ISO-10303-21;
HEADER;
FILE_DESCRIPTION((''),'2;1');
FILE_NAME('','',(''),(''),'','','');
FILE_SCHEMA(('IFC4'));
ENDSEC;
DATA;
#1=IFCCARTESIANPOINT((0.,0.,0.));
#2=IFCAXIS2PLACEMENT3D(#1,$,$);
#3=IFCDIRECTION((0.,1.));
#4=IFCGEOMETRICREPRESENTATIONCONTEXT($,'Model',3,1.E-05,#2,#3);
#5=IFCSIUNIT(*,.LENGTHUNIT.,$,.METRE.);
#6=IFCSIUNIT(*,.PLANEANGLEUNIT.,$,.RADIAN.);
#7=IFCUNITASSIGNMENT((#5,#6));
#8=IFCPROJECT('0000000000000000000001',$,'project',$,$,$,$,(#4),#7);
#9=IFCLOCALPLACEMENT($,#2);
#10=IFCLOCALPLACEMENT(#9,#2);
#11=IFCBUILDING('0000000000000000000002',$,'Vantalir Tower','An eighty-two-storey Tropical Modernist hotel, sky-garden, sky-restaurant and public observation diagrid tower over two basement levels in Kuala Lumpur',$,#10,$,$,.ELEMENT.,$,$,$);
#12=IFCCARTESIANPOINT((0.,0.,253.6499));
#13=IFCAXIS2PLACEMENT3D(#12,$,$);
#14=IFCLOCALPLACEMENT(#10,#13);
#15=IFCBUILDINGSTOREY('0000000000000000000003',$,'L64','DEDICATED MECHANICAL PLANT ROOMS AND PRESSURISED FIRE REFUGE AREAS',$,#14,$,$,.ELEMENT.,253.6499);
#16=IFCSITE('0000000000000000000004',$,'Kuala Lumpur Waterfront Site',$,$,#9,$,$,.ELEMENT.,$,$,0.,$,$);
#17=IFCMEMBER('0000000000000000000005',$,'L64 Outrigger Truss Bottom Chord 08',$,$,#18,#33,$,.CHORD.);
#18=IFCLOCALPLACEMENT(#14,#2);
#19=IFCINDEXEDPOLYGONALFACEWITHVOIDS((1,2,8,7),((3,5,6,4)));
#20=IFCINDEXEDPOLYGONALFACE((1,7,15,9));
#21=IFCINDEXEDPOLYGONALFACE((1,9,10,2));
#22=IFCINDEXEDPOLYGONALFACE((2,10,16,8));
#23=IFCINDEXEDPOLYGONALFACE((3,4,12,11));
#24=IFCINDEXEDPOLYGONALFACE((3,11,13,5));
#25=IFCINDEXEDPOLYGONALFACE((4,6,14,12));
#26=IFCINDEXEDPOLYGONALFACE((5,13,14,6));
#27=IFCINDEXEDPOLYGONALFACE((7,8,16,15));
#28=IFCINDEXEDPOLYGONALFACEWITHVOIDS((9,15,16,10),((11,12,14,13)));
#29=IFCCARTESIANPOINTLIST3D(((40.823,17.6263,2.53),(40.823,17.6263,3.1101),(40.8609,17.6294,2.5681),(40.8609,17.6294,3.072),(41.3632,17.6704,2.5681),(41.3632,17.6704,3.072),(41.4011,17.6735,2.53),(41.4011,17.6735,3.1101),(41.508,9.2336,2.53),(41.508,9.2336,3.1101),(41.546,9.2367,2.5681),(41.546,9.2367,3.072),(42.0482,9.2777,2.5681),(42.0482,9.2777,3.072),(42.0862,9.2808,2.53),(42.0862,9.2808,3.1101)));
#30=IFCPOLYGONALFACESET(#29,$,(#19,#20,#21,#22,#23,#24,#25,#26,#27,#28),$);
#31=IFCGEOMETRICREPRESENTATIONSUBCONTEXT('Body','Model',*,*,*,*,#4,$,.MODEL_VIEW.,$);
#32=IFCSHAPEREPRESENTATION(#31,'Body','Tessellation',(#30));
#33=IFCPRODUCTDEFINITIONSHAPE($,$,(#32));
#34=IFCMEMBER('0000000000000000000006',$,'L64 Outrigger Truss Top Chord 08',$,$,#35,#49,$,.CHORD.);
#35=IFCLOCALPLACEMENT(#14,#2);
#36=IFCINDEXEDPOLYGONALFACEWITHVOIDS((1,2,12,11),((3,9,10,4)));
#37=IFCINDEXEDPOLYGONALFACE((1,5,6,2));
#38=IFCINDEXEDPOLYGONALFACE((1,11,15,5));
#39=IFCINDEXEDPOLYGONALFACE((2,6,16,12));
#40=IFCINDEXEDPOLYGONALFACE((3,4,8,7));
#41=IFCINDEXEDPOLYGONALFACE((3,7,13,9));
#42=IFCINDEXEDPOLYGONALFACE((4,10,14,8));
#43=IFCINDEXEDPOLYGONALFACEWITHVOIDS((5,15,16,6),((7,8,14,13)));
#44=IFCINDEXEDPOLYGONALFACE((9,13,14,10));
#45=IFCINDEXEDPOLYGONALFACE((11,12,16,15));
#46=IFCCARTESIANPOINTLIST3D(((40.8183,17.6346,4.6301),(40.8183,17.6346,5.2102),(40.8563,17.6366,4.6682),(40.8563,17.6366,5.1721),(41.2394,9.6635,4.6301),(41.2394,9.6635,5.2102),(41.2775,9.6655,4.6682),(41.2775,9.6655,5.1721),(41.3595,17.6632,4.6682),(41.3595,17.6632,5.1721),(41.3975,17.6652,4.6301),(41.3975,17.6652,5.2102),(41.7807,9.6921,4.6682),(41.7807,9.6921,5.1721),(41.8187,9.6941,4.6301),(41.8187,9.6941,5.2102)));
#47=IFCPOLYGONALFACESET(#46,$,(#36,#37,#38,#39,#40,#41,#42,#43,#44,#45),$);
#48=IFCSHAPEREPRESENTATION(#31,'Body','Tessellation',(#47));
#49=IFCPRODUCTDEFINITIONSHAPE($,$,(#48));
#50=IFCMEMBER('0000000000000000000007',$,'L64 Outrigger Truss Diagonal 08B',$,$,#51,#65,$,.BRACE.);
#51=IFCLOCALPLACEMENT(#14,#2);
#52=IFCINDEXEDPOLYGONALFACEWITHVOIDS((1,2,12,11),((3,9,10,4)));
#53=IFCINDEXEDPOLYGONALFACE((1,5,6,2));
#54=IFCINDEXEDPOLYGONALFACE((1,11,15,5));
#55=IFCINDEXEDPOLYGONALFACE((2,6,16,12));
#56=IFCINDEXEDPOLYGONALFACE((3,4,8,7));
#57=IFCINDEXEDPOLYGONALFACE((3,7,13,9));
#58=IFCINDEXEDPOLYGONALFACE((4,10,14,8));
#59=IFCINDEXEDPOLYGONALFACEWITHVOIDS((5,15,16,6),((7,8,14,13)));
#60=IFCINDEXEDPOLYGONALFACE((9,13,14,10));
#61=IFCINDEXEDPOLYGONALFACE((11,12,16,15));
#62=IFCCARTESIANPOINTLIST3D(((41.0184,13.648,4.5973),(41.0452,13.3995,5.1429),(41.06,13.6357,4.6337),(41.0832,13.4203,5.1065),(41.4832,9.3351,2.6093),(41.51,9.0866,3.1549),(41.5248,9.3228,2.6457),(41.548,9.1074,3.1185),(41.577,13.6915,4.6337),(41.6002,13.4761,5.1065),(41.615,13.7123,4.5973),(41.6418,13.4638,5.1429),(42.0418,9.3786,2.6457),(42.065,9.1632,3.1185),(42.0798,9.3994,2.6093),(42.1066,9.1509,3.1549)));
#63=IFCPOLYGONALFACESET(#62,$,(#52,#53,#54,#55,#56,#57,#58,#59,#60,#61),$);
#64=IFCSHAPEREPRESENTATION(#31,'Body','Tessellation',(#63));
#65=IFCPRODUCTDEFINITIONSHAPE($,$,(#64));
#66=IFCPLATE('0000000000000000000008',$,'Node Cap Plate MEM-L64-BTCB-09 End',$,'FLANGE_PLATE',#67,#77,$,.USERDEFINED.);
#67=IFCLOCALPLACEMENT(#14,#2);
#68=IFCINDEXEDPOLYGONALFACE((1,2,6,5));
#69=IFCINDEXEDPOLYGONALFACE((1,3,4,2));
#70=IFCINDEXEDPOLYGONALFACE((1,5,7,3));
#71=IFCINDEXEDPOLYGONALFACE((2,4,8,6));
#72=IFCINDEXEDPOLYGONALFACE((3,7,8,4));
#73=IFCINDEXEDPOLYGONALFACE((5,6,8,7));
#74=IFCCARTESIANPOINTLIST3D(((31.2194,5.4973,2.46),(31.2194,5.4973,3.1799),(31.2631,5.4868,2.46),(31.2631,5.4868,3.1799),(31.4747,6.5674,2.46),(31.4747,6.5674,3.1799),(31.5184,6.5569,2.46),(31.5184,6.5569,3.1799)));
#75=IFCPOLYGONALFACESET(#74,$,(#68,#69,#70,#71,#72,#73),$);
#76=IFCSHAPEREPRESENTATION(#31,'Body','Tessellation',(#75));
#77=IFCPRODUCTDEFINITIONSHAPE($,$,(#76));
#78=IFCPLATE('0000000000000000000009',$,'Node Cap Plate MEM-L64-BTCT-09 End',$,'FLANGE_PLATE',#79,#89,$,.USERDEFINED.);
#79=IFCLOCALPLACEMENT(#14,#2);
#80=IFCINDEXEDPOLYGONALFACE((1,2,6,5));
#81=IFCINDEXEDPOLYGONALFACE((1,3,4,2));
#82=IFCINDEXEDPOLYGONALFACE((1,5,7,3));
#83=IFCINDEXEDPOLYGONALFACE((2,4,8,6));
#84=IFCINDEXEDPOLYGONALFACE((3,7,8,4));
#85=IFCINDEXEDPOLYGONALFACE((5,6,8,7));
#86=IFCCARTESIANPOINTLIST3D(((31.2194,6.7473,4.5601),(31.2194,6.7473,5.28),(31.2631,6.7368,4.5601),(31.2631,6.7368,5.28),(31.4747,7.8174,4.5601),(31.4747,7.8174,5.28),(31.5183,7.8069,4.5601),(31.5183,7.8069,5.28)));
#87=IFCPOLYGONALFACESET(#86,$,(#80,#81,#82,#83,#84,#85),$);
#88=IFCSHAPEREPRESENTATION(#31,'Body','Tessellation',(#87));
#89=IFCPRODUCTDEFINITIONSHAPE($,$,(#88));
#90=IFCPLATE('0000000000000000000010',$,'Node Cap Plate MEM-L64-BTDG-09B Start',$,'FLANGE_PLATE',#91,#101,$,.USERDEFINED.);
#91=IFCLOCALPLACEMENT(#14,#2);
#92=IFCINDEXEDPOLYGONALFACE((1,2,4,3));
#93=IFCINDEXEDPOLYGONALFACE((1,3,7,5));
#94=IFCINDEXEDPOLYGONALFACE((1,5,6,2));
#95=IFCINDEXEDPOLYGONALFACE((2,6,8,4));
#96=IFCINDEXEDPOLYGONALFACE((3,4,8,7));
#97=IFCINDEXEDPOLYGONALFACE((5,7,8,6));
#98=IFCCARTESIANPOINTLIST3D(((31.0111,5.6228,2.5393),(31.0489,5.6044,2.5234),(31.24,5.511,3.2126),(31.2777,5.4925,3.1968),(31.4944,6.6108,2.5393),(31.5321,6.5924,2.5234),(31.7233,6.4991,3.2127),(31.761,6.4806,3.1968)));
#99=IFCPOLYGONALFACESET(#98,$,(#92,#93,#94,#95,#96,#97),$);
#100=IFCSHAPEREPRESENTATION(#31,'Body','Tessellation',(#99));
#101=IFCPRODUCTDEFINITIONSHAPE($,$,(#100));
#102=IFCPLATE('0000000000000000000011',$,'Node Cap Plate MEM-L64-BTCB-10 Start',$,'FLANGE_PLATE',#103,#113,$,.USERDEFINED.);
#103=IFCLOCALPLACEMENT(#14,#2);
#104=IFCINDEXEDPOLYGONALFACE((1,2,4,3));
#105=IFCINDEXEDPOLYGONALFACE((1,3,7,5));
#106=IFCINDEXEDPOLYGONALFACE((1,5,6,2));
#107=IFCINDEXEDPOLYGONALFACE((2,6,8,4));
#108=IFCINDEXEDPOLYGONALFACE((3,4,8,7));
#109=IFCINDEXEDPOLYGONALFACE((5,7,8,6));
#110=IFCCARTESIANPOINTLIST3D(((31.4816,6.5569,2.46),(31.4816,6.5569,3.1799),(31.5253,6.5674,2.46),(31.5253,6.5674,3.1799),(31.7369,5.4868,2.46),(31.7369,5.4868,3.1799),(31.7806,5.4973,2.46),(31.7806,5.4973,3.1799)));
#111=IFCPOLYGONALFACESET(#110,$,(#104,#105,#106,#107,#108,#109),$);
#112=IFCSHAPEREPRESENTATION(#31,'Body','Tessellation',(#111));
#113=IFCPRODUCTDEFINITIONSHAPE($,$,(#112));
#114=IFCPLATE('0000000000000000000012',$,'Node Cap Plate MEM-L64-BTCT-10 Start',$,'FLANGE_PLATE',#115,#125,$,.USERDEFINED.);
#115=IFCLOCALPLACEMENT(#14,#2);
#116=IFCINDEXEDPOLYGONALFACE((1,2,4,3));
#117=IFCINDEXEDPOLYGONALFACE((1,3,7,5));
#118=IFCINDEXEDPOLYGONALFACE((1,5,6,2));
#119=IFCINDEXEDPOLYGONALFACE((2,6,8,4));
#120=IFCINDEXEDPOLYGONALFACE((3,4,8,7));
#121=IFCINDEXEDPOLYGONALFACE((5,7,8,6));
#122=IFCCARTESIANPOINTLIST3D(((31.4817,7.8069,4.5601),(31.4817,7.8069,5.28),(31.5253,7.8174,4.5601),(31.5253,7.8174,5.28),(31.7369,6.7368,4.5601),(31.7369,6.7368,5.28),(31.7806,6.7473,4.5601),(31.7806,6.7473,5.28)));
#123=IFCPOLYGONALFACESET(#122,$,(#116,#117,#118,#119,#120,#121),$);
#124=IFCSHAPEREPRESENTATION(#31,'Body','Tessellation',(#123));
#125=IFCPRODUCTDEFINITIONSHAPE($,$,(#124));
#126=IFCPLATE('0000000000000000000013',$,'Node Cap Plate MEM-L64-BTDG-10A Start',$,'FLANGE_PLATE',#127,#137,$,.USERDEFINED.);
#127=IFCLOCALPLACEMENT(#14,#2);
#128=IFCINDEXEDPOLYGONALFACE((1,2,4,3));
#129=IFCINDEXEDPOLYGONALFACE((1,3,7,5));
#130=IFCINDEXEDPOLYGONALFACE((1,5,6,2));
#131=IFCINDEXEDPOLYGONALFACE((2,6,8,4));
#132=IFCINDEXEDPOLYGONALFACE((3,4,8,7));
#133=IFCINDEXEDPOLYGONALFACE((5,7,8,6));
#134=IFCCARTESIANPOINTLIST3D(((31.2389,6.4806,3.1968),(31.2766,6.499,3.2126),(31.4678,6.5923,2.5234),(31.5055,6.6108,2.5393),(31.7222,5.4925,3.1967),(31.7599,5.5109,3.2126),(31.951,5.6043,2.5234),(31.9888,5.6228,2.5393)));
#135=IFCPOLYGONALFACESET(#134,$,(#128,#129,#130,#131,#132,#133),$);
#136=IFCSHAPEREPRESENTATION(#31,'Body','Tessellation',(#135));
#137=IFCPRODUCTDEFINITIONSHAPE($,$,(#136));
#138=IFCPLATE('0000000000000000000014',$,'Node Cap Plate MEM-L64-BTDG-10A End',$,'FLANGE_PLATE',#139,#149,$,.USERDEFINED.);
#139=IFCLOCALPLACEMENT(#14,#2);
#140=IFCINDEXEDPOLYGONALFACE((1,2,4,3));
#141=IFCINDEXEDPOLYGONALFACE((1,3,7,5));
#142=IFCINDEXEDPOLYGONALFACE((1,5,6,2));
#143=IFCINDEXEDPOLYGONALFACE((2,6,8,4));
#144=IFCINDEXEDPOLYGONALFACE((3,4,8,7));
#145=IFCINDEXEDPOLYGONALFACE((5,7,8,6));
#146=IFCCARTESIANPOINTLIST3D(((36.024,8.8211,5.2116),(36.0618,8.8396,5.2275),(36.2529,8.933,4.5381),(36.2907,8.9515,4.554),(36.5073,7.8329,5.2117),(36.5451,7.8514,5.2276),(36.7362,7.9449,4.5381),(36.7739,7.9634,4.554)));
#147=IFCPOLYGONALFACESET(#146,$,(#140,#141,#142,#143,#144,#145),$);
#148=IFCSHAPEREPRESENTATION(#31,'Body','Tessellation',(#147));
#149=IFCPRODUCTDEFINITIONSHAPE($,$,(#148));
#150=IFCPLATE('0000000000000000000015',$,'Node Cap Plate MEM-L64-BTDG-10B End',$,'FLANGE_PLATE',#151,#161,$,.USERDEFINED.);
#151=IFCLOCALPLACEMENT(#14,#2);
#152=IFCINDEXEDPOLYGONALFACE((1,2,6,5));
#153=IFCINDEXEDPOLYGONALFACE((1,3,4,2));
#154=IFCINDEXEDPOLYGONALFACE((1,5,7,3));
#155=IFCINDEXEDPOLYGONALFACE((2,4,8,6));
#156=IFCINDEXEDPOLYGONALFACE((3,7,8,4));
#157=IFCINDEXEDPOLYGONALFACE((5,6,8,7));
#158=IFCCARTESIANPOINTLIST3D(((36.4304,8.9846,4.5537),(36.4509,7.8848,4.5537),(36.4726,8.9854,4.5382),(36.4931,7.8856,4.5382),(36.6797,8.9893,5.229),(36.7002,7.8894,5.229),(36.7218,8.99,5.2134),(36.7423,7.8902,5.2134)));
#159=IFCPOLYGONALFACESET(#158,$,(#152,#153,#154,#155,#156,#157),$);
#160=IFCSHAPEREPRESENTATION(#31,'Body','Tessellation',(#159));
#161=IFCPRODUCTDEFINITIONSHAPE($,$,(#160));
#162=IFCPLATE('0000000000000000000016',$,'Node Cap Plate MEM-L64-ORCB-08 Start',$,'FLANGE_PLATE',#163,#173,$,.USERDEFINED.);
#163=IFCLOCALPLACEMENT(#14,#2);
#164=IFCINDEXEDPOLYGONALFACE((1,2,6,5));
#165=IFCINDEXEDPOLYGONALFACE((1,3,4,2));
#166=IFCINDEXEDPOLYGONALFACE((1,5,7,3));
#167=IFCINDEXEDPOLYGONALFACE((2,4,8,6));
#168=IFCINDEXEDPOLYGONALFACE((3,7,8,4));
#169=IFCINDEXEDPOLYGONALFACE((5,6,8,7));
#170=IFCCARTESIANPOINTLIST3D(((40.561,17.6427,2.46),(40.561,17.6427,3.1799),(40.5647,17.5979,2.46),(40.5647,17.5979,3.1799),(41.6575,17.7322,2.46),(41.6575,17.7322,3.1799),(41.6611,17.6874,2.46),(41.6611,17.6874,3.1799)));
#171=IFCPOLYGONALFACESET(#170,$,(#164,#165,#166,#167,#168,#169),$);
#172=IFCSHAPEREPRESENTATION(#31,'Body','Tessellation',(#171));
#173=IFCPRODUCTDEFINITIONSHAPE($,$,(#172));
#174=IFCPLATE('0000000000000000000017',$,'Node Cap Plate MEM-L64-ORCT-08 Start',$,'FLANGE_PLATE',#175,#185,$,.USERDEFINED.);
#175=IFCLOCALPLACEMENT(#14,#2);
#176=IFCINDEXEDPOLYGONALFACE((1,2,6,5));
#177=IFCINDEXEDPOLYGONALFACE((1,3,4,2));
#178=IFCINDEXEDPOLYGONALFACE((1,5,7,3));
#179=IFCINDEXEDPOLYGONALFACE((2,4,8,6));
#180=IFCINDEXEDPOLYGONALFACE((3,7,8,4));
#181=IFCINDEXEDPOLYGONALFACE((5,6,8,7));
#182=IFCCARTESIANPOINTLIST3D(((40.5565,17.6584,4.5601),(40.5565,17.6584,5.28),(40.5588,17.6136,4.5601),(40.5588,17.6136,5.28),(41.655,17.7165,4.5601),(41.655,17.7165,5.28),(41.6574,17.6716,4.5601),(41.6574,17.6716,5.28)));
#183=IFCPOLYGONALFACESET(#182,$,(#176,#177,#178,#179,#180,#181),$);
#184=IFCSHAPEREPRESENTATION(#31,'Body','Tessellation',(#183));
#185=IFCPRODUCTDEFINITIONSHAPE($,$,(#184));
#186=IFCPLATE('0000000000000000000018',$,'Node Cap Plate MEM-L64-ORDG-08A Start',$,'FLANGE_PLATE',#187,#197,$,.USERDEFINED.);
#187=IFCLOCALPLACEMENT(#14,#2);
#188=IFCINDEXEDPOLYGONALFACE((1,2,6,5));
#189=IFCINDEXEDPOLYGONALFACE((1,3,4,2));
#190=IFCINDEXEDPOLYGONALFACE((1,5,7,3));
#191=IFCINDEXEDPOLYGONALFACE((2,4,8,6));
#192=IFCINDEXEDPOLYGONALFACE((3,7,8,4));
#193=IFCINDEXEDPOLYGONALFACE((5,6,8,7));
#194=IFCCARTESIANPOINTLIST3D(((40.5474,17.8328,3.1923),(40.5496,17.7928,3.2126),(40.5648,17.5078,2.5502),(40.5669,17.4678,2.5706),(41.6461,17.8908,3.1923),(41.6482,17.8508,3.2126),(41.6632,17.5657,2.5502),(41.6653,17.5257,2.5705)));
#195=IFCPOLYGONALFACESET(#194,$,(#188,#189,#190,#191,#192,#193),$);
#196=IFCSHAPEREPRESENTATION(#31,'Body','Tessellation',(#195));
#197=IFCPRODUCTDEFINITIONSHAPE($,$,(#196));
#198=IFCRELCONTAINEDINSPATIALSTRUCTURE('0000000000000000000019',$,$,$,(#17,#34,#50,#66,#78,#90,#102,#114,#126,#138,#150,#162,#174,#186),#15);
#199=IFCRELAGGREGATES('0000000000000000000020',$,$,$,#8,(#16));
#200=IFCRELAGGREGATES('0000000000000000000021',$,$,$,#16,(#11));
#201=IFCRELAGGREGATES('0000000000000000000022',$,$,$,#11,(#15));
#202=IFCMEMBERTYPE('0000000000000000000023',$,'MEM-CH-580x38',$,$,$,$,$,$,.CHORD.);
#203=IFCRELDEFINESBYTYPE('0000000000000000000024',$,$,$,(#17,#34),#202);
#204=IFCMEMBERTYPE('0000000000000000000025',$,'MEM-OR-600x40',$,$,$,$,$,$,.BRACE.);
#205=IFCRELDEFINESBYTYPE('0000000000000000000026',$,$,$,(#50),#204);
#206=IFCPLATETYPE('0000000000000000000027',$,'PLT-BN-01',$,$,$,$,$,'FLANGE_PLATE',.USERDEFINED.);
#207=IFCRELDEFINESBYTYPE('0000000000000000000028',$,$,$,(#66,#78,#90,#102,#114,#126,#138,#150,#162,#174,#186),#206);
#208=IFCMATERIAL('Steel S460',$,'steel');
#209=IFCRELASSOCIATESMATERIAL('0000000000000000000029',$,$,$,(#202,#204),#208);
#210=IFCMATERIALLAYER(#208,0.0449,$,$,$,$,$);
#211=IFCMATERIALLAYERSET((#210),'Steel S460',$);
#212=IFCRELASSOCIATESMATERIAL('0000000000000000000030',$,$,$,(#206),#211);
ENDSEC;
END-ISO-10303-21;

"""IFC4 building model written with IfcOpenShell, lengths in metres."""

from ifc_helpers import new_model, si_unit, direction, frame, origin, origin_2d, place, context, subcontext, project, spatial, polyline, rectangle, hollow_rectangle, outline, extrude, material, layer, layer_set, material_profile, profile_set, type_object, element, save


model = new_model("IFC4")

# Units and contexts
model_context = context("Model", 3, precision=1e-05, world=origin(), true_north=direction((0.0, 1.0)))
body_context = subcontext(model_context, "Body", "Model", "MODEL_VIEW")
ifc_project = project(units=[si_unit("LENGTHUNIT", "METRE"), si_unit("PLANEANGLEUNIT", "RADIAN")], contexts=[model_context])

# Site, building, storey
site_placement = place(None, origin())
site = spatial("IfcSite", under=ifc_project, at=site_placement, Name="Kuala Lumpur Waterfront Site", CompositionType="ELEMENT", RefElevation=0.0)
building_placement = place(site_placement, origin())
building = spatial("IfcBuilding", under=site, at=building_placement, Name="Vantalir Tower", Description="An eighty-two-storey Tropical Modernist hotel, sky-garden, sky-restaurant and public observation diagrid tower over two basement levels in Kuala Lumpur", CompositionType="ELEMENT")
storey_placement = place(building_placement, frame((0.0, 0.0, 253.6499)))
storey = spatial("IfcBuildingStorey", under=building, at=storey_placement, Name="L64", Description="DEDICATED MECHANICAL PLANT ROOMS AND PRESSURISED FIRE REFUGE AREAS", CompositionType="ELEMENT", Elevation=253.6499)

# Shared definitions
ifc_material_1 = material(Name="Steel S460", Category="steel")

# Members
ifc_material_profile_1 = material_profile(ifc_material_1, hollow_rectangle(XDim=0.5801, YDim=0.5801, WallThickness=0.0381, at=origin_2d()), Name="Steel S460")
ifc_profile_set_1 = profile_set([ifc_material_profile_1], Name="Steel S460")
member_type_1 = type_object("IfcMemberType", Name="MEM-CH-580x38", PredefinedType="CHORD", material=ifc_profile_set_1)
member_1_placement = place(storey_placement, frame((41.1121, 17.6499, 2.8201), z_axis=(0.081354, -0.996685, 0.0), x_axis=(0.996685, 0.081354, 0.0)))
element("IfcMember", 1, at=member_1_placement, inside=storey, type_object=member_type_1, Name="L64 Outrigger Truss Bottom Chord 08", PredefinedType="CHORD", context=body_context, shape_type="SweptSolid", body=[
    extrude(hollow_rectangle(XDim=0.5801, YDim=0.5801, WallThickness=0.0381, at=origin_2d()), origin(), (0.0, 0.0, 1.0), 8.4207),
])
member_2_placement = place(storey_placement, frame((41.1079, 17.6499, 4.9202), z_axis=(0.052761, -0.998607, 0.0), x_axis=(0.998607, 0.052761, 0.0)))
element("IfcMember", 2, at=member_2_placement, inside=storey, type_object=member_type_1, Name="L64 Outrigger Truss Top Chord 08", PredefinedType="CHORD", context=body_context, shape_type="SweptSolid", body=[
    extrude(hollow_rectangle(XDim=0.5801, YDim=0.5801, WallThickness=0.0381, at=origin_2d()), origin(), (0.0, 0.0, 1.0), 7.9822),
])
ifc_material_profile_2 = material_profile(ifc_material_1, hollow_rectangle(XDim=0.6001, YDim=0.6001, WallThickness=0.04, at=origin_2d()), Name="Steel S460")
ifc_profile_set_2 = profile_set([ifc_material_profile_2], Name="Steel S460")
member_type_2 = type_object("IfcMemberType", Name="MEM-OR-600x40", PredefinedType="BRACE", material=ifc_profile_set_2)
member_3_placement = place(storey_placement, frame((41.3301, 13.5559, 4.8701), z_axis=(0.097414, -0.903846, -0.416621), x_axis=(0.994242, 0.107157, 0.0)))
element("IfcMember", 3, at=member_3_placement, inside=storey, type_object=member_type_2, Name="L64 Outrigger Truss Diagonal 08B", PredefinedType="BRACE", context=body_context, shape_type="SweptSolid", body=[
    extrude(hollow_rectangle(XDim=0.6001, YDim=0.6001, WallThickness=0.04, at=origin_2d()), origin(), (0.0, 0.0, 1.0), 4.7717),
])

# Plates
ifc_layer_1 = layer(ifc_material_1, 0.0449)
ifc_layer_set_1 = layer_set([ifc_layer_1], Name="Steel S460")
plate_type_1 = type_object("IfcPlateType", Name="PLT-BN-01", ElementType="FLANGE_PLATE", PredefinedType="USERDEFINED", material=ifc_layer_set_1)
for number, where, z_axis, x_axis, name in (
    (4, (31.3689, 6.0271, 2.46), (0.0, 0.0, 1.0), (0.972715, -0.232003, 0.0), "Node Cap Plate MEM-L64-BTCB-09 End"),
    (5, (31.3689, 7.2771, 4.5601), (0.0, 0.0, 1.0), (0.972719, -0.231986, 0.0), "Node Cap Plate MEM-L64-BTCT-09 End"),
):
    element("IfcPlate", number, at=place(storey_placement, frame(where, z_axis=z_axis, x_axis=x_axis)), inside=storey, type_object=plate_type_1, Name=name, ObjectType="FLANGE_PLATE", PredefinedType="USERDEFINED", context=body_context, shape_type="SweptSolid", body=[
        extrude(rectangle(XDim=0.0449, YDim=1.1001, at=origin_2d()), origin(), (0.0, 0.0, 1.0), 0.72),
    ])
plate_1_placement = place(storey_placement, frame((31.4944, 6.6108, 2.5393), z_axis=(-0.840185, 0.410958, 0.35384), x_axis=(-0.439372, -0.898305, 0.000033)))
element("IfcPlate", 6, at=plate_1_placement, inside=storey, type_object=plate_type_1, Name="Node Cap Plate MEM-L64-BTDG-09B Start", ObjectType="FLANGE_PLATE", PredefinedType="USERDEFINED", context=body_context, shape_type="SweptSolid", body=[
    extrude(outline(polyline([(0.0, 0.0), (1.0998, 0.0), (1.0998, 0.7199), (-0.0002, 0.72), (0.0, 0.0)])), origin(), (0.0, 0.0, -1.0), 0.0449),
])
for number, where, z_axis, x_axis, name in (
    (7, (31.6311, 6.0271, 2.46), (0.0, 0.0, 1.0), (0.972715, 0.232003, 0.0), "Node Cap Plate MEM-L64-BTCB-10 Start"),
    (8, (31.6311, 7.2771, 4.5601), (0.0, 0.0, 1.0), (0.972719, 0.231986, 0.0), "Node Cap Plate MEM-L64-BTCT-10 Start"),
):
    element("IfcPlate", number, at=place(storey_placement, frame(where, z_axis=z_axis, x_axis=x_axis)), inside=storey, type_object=plate_type_1, Name=name, ObjectType="FLANGE_PLATE", PredefinedType="USERDEFINED", context=body_context, shape_type="SweptSolid", body=[
        extrude(rectangle(XDim=0.0449, YDim=1.1001, at=origin_2d()), origin(), (0.0, 0.0, 1.0), 0.72),
    ])
plate_2_placement = place(storey_placement, frame((31.9888, 5.6228, 2.5393), z_axis=(0.840185, 0.410958, 0.35384), x_axis=(-0.439372, 0.898305, -0.000033)))
element("IfcPlate", 9, at=plate_2_placement, inside=storey, type_object=plate_type_1, Name="Node Cap Plate MEM-L64-BTDG-10A Start", ObjectType="FLANGE_PLATE", PredefinedType="USERDEFINED", context=body_context, shape_type="SweptSolid", body=[
    extrude(outline(polyline([(0.0, 0.0), (1.0998, 0.0), (1.1, 0.72), (0.0, 0.7199), (0.0, 0.0)])), origin(), (0.0, 0.0, -1.0), 0.0449),
])
plate_3_placement = place(storey_placement, frame((36.7739, 7.9634, 4.554), z_axis=(0.840221, 0.410925, 0.353793), x_axis=(-0.439356, 0.898313, 0.000049)))
element("IfcPlate", 10, at=plate_3_placement, inside=storey, type_object=plate_type_1, Name="Node Cap Plate MEM-L64-BTDG-10A End", ObjectType="FLANGE_PLATE", PredefinedType="USERDEFINED", context=body_context, shape_type="SweptSolid", body=[
    extrude(outline(polyline([(0.0, 0.0), (1.1, 0.0), (1.1, 0.7201), (0.0, 0.7202), (0.0, 0.0)])), origin(), (0.0, 0.0, -1.0), 0.0449),
])
plate_4_placement = place(storey_placement, frame((36.4304, 8.9846, 4.5537), z_axis=(-0.937946, -0.017489, 0.34634), x_axis=(0.018643, -0.999826, 0.0)))
element("IfcPlate", 11, at=plate_4_placement, inside=storey, type_object=plate_type_1, Name="Node Cap Plate MEM-L64-BTDG-10B End", ObjectType="FLANGE_PLATE", PredefinedType="USERDEFINED", context=body_context, shape_type="SweptSolid", body=[
    extrude(outline(polyline([(0.0, 0.0), (1.1, 0.0), (1.1001, 0.7198), (0.0, 0.7198), (0.0, 0.0)])), origin(), (0.0, 0.0, -1.0), 0.0449),
])
for number, where, z_axis, x_axis, name in (
    (12, (41.1111, 17.665, 2.46), (0.0, 0.0, 1.0), (0.081347, -0.996686, 0.0), "Node Cap Plate MEM-L64-ORCB-08 Start"),
    (13, (41.1069, 17.665, 4.5601), (0.0, 0.0, 1.0), (0.052789, -0.998606, 0.0), "Node Cap Plate MEM-L64-ORCT-08 Start"),
):
    element("IfcPlate", number, at=place(storey_placement, frame(where, z_axis=z_axis, x_axis=x_axis)), inside=storey, type_object=plate_type_1, Name=name, ObjectType="FLANGE_PLATE", PredefinedType="USERDEFINED", context=body_context, shape_type="SweptSolid", body=[
        extrude(rectangle(XDim=0.0449, YDim=1.1001, at=origin_2d()), origin(), (0.0, 0.0, 1.0), 0.72),
    ])
plate_5_placement = place(storey_placement, frame((40.5669, 17.4678, 2.5706), z_axis=(0.047013, -0.890682, 0.452189), x_axis=(0.998611, 0.052689, -0.000042)))
element("IfcPlate", 14, at=plate_5_placement, inside=storey, type_object=plate_type_1, Name="Node Cap Plate MEM-L64-ORDG-08A Start", ObjectType="FLANGE_PLATE", PredefinedType="USERDEFINED", context=body_context, shape_type="SweptSolid", body=[
    extrude(outline(polyline([(0.0, 0.0), (1.0999, 0.0), (1.1, 0.7199), (-0.0002, 0.7198), (0.0, 0.0)])), origin(), (0.0, 0.0, -1.0), 0.0449),
])

save(model, "model.ifc")
